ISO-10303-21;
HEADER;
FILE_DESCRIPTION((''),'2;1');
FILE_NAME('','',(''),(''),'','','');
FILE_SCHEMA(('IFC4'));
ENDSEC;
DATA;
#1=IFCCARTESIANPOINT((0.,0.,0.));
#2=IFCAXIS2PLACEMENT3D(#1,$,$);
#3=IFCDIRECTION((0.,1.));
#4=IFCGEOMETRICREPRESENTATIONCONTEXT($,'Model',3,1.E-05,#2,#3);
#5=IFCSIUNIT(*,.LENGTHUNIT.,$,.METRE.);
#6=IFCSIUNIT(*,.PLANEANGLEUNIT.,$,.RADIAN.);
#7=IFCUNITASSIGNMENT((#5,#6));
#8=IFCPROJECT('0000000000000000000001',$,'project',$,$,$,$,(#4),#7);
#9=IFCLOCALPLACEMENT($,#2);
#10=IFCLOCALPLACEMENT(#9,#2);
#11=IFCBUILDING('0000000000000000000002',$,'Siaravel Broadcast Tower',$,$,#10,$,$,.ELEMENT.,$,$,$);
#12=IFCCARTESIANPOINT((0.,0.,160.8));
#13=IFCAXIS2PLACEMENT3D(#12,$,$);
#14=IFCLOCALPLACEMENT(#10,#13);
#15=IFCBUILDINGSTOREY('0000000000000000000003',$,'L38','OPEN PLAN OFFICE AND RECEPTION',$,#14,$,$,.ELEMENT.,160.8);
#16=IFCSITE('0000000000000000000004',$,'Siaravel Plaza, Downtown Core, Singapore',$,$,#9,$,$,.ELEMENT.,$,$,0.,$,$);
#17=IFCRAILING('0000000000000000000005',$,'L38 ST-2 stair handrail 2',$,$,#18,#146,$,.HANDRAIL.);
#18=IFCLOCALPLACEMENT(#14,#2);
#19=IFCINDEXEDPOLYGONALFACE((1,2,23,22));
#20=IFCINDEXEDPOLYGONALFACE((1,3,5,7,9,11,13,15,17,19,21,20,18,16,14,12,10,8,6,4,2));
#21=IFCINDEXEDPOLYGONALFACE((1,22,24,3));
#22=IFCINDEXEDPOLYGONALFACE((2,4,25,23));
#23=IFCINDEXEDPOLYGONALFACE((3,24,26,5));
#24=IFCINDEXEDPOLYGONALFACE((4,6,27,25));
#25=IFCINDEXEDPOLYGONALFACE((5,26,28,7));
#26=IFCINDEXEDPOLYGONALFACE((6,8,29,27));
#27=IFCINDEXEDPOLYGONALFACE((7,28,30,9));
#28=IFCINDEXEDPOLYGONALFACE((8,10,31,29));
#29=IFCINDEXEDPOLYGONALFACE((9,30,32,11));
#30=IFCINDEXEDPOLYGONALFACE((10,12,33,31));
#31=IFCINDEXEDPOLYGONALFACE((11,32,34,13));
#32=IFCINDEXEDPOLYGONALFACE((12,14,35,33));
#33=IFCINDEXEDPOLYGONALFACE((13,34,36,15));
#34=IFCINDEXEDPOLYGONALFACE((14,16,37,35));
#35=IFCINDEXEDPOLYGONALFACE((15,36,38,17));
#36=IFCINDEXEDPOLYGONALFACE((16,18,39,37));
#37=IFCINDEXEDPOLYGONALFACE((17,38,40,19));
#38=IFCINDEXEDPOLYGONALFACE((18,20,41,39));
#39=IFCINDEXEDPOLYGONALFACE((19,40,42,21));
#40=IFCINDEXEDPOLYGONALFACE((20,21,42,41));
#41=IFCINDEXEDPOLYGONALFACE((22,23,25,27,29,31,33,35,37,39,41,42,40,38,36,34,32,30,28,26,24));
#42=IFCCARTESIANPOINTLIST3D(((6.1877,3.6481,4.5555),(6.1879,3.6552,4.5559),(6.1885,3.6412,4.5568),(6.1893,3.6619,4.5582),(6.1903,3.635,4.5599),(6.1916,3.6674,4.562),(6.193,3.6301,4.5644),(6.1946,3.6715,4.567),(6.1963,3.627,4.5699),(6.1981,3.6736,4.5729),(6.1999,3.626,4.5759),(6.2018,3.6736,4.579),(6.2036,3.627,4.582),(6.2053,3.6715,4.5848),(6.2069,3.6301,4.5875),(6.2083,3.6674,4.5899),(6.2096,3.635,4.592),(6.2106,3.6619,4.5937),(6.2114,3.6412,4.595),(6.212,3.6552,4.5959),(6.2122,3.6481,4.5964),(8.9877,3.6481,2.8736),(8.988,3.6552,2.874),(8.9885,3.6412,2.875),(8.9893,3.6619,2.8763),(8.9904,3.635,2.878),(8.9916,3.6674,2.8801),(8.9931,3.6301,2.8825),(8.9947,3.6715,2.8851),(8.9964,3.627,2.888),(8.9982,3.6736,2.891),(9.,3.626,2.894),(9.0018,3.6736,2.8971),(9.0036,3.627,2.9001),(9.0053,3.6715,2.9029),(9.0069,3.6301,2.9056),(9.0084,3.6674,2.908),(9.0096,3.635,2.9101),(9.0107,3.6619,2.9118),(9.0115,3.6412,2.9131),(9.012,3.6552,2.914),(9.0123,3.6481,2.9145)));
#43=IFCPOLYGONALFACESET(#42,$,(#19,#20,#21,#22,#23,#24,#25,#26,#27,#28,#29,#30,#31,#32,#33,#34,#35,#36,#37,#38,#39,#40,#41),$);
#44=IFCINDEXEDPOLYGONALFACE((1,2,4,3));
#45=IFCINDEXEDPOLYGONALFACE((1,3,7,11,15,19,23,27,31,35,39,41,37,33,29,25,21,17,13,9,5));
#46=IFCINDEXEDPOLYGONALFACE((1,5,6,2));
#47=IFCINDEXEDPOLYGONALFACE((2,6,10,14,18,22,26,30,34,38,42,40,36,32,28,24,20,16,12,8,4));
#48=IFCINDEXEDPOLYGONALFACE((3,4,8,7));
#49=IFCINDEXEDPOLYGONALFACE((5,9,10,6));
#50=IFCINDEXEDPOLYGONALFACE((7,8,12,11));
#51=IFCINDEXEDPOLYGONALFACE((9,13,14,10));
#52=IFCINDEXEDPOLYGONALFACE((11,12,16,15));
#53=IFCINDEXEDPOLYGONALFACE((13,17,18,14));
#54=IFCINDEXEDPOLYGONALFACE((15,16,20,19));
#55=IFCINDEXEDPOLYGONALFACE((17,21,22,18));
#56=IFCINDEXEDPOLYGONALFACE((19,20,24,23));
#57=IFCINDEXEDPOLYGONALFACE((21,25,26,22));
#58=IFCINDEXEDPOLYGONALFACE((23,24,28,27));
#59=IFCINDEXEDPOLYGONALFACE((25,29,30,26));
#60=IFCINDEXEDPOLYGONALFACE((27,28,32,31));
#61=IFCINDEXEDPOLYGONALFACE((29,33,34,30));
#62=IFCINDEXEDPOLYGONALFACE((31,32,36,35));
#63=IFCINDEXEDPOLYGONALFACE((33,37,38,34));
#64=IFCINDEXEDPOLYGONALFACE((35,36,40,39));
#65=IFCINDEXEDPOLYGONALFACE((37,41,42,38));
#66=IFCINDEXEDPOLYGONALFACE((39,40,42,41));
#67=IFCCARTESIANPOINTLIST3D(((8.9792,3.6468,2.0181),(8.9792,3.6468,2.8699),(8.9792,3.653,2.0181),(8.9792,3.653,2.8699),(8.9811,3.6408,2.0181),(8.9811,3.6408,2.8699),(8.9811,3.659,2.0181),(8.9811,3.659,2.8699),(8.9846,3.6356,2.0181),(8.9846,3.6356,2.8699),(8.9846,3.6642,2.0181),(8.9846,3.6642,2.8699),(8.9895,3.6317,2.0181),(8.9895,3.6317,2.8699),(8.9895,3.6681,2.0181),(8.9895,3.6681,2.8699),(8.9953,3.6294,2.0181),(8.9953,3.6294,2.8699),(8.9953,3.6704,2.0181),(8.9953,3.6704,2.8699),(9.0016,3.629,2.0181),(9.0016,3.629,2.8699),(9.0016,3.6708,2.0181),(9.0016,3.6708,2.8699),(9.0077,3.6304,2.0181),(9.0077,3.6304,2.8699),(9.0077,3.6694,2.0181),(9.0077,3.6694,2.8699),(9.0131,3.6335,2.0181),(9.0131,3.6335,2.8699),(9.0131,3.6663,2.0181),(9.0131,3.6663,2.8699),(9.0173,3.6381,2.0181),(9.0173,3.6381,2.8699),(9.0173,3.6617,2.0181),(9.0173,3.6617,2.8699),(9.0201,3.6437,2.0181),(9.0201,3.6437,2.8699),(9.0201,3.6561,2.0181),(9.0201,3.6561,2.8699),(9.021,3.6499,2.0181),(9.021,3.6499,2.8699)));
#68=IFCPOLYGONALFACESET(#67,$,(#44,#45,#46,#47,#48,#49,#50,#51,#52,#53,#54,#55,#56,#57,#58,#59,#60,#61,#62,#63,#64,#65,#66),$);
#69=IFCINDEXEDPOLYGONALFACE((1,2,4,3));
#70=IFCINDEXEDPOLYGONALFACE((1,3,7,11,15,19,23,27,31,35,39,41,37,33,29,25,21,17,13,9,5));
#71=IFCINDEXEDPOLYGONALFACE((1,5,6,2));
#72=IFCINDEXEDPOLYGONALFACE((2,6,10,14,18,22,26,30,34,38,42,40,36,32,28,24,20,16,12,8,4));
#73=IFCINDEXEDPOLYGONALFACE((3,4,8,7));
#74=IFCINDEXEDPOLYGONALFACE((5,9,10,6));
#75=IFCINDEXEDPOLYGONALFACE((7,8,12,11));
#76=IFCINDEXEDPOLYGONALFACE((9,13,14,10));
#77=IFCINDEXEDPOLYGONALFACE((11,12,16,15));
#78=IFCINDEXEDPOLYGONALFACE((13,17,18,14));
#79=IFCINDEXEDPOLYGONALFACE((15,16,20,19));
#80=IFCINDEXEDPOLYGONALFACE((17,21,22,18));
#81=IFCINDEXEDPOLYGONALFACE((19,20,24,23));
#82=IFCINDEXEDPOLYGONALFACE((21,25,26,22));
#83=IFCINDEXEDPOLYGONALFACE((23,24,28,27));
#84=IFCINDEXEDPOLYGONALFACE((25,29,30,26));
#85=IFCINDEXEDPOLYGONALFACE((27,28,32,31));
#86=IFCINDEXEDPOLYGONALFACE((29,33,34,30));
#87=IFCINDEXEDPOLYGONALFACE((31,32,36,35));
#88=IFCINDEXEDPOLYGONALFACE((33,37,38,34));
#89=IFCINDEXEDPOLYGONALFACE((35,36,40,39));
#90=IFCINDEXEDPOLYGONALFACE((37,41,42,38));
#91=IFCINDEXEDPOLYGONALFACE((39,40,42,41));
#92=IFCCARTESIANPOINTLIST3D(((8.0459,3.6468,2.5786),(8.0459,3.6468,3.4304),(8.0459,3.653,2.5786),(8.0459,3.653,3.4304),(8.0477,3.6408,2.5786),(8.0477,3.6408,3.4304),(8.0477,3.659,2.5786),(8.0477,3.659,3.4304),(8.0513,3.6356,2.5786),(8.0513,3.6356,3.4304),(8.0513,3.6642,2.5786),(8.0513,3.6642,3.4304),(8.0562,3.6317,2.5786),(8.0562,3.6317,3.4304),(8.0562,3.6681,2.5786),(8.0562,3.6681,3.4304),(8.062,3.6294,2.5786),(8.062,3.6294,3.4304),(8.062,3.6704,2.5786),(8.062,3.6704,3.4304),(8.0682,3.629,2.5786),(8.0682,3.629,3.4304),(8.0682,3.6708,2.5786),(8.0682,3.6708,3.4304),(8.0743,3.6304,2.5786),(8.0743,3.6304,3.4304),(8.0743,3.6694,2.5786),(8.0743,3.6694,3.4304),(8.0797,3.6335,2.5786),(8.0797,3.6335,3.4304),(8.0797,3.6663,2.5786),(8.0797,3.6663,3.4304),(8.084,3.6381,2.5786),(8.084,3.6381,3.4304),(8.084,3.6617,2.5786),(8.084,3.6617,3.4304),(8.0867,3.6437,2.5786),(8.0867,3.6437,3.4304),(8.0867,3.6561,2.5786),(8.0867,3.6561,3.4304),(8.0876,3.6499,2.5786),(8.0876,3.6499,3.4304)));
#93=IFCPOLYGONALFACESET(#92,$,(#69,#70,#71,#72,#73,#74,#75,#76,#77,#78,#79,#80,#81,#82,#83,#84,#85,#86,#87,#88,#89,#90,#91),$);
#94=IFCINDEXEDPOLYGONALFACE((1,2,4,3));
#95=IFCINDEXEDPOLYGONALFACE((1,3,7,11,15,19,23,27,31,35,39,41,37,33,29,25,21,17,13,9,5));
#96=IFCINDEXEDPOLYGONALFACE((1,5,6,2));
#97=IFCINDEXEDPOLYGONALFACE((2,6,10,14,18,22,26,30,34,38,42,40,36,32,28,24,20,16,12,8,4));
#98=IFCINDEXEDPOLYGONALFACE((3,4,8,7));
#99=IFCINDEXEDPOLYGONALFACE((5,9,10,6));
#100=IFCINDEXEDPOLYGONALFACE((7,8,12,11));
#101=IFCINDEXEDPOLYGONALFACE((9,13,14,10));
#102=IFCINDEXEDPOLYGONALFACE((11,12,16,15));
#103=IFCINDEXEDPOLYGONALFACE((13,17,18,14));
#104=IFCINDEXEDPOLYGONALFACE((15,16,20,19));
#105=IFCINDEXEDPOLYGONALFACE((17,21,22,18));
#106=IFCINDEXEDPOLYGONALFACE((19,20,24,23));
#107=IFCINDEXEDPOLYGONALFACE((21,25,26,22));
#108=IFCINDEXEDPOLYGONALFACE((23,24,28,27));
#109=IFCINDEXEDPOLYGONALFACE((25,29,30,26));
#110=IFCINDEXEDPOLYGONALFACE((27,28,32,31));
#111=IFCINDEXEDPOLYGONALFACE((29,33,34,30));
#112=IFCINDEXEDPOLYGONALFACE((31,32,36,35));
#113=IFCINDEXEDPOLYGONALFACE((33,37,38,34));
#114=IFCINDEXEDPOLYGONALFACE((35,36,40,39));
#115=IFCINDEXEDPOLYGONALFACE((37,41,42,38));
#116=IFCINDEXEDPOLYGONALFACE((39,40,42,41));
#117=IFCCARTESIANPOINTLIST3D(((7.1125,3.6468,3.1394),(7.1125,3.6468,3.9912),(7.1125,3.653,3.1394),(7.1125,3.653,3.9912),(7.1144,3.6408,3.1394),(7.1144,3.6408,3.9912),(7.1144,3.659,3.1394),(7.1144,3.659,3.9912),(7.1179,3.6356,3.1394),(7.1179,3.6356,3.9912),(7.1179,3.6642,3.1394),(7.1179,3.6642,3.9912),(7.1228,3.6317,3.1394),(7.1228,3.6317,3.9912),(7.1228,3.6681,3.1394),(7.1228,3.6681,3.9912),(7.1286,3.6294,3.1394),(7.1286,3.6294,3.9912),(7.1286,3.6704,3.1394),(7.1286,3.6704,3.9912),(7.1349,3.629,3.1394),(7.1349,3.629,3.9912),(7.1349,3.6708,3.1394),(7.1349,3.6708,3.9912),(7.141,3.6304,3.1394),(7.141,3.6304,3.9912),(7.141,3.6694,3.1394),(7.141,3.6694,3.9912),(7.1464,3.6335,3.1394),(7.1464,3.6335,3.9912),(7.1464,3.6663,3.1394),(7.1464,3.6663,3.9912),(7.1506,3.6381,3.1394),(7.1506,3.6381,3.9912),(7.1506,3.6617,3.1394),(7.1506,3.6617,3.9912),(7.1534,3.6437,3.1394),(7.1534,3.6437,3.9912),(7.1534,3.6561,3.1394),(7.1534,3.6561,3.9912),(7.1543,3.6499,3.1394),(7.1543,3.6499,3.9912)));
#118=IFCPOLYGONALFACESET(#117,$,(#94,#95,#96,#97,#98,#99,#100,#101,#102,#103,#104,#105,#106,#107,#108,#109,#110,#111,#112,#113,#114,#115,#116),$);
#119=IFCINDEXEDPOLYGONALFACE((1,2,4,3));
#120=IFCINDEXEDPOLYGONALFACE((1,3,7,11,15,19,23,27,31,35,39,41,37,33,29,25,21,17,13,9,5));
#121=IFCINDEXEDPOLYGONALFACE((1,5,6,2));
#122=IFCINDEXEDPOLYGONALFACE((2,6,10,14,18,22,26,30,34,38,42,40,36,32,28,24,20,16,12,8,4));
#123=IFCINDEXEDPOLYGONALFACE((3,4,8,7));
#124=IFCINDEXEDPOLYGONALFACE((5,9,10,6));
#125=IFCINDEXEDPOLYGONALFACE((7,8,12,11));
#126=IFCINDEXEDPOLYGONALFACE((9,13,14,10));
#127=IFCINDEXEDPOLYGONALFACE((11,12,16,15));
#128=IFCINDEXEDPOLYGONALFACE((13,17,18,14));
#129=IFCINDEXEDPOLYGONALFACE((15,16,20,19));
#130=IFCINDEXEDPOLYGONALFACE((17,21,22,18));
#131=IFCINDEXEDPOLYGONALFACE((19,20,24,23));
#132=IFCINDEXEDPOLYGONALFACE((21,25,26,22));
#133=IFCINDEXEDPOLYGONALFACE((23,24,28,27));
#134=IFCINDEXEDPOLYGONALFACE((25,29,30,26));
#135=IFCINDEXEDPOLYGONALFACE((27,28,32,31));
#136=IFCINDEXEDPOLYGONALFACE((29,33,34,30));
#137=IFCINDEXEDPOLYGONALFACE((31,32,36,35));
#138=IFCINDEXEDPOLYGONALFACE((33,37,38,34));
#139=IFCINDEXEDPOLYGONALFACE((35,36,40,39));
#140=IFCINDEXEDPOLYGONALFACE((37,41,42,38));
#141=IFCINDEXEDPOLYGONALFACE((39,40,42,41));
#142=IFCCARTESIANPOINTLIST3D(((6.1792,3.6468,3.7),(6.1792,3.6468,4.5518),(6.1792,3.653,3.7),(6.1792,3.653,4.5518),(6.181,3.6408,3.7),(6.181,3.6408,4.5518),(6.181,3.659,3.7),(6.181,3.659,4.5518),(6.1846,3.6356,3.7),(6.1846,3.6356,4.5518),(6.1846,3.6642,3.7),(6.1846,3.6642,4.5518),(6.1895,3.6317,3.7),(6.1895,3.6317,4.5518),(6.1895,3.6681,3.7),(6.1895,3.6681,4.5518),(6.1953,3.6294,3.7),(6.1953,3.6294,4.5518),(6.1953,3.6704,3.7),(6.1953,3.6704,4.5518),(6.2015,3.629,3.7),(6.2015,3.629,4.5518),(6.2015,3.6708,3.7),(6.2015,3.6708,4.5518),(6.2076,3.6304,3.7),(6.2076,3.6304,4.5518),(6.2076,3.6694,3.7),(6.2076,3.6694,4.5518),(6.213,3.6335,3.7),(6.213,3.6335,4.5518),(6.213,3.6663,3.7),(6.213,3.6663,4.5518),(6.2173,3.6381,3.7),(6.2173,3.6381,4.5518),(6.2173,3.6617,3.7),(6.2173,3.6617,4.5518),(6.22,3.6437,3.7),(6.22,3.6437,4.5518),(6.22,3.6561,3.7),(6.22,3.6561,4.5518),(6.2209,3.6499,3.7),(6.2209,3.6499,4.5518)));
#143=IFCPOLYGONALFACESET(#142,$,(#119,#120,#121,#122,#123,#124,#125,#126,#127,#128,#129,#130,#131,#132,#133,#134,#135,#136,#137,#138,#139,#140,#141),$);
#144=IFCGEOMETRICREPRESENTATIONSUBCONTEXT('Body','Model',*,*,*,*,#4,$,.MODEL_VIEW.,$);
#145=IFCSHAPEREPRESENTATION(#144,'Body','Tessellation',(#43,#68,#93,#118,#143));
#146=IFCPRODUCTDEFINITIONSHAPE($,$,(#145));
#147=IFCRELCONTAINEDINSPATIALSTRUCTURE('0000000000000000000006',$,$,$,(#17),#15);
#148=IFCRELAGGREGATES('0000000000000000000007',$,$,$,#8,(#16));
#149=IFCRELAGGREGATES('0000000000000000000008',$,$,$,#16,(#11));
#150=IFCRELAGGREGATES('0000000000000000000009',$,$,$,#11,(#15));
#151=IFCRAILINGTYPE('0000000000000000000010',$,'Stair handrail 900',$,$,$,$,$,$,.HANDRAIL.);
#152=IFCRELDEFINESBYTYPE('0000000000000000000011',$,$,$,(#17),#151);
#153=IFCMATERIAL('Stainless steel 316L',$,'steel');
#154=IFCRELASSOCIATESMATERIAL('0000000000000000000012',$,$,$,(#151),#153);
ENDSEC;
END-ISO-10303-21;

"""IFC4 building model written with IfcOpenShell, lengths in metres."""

from ifc_helpers import new_model, si_unit, direction, frame, origin, origin_2d, place, context, subcontext, project, spatial, circle, extrude, material, type_object, element, save


model = new_model("IFC4")

# Units and contexts
model_context = context("Model", 3, precision=1e-05, world=origin(), true_north=direction((0.0, 1.0)))
body_context = subcontext(model_context, "Body", "Model", "MODEL_VIEW")
ifc_project = project(units=[si_unit("LENGTHUNIT", "METRE"), si_unit("PLANEANGLEUNIT", "RADIAN")], contexts=[model_context])

# Site, building, storey
site_placement = place(None, origin())
site = spatial("IfcSite", under=ifc_project, at=site_placement, Name="Siaravel Plaza, Downtown Core, Singapore", CompositionType="ELEMENT", RefElevation=0.0)
building_placement = place(site_placement, origin())
building = spatial("IfcBuilding", under=site, at=building_placement, Name="Siaravel Broadcast Tower", CompositionType="ELEMENT")
storey_placement = place(building_placement, frame((0.0, 0.0, 160.8)))
storey = spatial("IfcBuildingStorey", under=building, at=storey_placement, Name="L38", Description="OPEN PLAN OFFICE AND RECEPTION", CompositionType="ELEMENT", Elevation=160.8)

# Railing
ifc_material_1 = material(Name="Stainless steel 316L", Category="steel")
railing_type_1 = type_object("IfcRailingType", Name="Stair handrail 900", PredefinedType="HANDRAIL", material=ifc_material_1)
railing_1_placement = place(storey_placement, frame((9.0, 3.6499, 2.0181)))
element("IfcRailing", 1, at=railing_1_placement, inside=storey, type_object=railing_type_1, Name="L38 ST-2 stair handrail 2", PredefinedType="HANDRAIL", context=body_context, shape_type="SweptSolid", body=[
    extrude(circle(Radius=0.0239, at=origin_2d()), frame((0.0, 0.0, 0.876), z_axis=(-0.857242, 0.0, 0.514913), x_axis=(0.0, -1.0, 0.0)), (0.0, 0.0, 1.0), 3.2664),
    extrude(circle(Radius=0.021, at=origin_2d()), origin(), (0.0, 0.0, 1.0), 0.8518),
    extrude(circle(Radius=0.021, at=origin_2d()), frame((-0.9333, 0.0, 0.5605)), (0.0, 0.0, 1.0), 0.8518),
    extrude(circle(Radius=0.021, at=origin_2d()), frame((-1.8667, 0.0, 1.1213)), (0.0, 0.0, 1.0), 0.8518),
    extrude(circle(Radius=0.021, at=origin_2d()), frame((-2.8, 0.0, 1.6819)), (0.0, 0.0, 1.0), 0.8518),
])

save(model, "model.ifc")
